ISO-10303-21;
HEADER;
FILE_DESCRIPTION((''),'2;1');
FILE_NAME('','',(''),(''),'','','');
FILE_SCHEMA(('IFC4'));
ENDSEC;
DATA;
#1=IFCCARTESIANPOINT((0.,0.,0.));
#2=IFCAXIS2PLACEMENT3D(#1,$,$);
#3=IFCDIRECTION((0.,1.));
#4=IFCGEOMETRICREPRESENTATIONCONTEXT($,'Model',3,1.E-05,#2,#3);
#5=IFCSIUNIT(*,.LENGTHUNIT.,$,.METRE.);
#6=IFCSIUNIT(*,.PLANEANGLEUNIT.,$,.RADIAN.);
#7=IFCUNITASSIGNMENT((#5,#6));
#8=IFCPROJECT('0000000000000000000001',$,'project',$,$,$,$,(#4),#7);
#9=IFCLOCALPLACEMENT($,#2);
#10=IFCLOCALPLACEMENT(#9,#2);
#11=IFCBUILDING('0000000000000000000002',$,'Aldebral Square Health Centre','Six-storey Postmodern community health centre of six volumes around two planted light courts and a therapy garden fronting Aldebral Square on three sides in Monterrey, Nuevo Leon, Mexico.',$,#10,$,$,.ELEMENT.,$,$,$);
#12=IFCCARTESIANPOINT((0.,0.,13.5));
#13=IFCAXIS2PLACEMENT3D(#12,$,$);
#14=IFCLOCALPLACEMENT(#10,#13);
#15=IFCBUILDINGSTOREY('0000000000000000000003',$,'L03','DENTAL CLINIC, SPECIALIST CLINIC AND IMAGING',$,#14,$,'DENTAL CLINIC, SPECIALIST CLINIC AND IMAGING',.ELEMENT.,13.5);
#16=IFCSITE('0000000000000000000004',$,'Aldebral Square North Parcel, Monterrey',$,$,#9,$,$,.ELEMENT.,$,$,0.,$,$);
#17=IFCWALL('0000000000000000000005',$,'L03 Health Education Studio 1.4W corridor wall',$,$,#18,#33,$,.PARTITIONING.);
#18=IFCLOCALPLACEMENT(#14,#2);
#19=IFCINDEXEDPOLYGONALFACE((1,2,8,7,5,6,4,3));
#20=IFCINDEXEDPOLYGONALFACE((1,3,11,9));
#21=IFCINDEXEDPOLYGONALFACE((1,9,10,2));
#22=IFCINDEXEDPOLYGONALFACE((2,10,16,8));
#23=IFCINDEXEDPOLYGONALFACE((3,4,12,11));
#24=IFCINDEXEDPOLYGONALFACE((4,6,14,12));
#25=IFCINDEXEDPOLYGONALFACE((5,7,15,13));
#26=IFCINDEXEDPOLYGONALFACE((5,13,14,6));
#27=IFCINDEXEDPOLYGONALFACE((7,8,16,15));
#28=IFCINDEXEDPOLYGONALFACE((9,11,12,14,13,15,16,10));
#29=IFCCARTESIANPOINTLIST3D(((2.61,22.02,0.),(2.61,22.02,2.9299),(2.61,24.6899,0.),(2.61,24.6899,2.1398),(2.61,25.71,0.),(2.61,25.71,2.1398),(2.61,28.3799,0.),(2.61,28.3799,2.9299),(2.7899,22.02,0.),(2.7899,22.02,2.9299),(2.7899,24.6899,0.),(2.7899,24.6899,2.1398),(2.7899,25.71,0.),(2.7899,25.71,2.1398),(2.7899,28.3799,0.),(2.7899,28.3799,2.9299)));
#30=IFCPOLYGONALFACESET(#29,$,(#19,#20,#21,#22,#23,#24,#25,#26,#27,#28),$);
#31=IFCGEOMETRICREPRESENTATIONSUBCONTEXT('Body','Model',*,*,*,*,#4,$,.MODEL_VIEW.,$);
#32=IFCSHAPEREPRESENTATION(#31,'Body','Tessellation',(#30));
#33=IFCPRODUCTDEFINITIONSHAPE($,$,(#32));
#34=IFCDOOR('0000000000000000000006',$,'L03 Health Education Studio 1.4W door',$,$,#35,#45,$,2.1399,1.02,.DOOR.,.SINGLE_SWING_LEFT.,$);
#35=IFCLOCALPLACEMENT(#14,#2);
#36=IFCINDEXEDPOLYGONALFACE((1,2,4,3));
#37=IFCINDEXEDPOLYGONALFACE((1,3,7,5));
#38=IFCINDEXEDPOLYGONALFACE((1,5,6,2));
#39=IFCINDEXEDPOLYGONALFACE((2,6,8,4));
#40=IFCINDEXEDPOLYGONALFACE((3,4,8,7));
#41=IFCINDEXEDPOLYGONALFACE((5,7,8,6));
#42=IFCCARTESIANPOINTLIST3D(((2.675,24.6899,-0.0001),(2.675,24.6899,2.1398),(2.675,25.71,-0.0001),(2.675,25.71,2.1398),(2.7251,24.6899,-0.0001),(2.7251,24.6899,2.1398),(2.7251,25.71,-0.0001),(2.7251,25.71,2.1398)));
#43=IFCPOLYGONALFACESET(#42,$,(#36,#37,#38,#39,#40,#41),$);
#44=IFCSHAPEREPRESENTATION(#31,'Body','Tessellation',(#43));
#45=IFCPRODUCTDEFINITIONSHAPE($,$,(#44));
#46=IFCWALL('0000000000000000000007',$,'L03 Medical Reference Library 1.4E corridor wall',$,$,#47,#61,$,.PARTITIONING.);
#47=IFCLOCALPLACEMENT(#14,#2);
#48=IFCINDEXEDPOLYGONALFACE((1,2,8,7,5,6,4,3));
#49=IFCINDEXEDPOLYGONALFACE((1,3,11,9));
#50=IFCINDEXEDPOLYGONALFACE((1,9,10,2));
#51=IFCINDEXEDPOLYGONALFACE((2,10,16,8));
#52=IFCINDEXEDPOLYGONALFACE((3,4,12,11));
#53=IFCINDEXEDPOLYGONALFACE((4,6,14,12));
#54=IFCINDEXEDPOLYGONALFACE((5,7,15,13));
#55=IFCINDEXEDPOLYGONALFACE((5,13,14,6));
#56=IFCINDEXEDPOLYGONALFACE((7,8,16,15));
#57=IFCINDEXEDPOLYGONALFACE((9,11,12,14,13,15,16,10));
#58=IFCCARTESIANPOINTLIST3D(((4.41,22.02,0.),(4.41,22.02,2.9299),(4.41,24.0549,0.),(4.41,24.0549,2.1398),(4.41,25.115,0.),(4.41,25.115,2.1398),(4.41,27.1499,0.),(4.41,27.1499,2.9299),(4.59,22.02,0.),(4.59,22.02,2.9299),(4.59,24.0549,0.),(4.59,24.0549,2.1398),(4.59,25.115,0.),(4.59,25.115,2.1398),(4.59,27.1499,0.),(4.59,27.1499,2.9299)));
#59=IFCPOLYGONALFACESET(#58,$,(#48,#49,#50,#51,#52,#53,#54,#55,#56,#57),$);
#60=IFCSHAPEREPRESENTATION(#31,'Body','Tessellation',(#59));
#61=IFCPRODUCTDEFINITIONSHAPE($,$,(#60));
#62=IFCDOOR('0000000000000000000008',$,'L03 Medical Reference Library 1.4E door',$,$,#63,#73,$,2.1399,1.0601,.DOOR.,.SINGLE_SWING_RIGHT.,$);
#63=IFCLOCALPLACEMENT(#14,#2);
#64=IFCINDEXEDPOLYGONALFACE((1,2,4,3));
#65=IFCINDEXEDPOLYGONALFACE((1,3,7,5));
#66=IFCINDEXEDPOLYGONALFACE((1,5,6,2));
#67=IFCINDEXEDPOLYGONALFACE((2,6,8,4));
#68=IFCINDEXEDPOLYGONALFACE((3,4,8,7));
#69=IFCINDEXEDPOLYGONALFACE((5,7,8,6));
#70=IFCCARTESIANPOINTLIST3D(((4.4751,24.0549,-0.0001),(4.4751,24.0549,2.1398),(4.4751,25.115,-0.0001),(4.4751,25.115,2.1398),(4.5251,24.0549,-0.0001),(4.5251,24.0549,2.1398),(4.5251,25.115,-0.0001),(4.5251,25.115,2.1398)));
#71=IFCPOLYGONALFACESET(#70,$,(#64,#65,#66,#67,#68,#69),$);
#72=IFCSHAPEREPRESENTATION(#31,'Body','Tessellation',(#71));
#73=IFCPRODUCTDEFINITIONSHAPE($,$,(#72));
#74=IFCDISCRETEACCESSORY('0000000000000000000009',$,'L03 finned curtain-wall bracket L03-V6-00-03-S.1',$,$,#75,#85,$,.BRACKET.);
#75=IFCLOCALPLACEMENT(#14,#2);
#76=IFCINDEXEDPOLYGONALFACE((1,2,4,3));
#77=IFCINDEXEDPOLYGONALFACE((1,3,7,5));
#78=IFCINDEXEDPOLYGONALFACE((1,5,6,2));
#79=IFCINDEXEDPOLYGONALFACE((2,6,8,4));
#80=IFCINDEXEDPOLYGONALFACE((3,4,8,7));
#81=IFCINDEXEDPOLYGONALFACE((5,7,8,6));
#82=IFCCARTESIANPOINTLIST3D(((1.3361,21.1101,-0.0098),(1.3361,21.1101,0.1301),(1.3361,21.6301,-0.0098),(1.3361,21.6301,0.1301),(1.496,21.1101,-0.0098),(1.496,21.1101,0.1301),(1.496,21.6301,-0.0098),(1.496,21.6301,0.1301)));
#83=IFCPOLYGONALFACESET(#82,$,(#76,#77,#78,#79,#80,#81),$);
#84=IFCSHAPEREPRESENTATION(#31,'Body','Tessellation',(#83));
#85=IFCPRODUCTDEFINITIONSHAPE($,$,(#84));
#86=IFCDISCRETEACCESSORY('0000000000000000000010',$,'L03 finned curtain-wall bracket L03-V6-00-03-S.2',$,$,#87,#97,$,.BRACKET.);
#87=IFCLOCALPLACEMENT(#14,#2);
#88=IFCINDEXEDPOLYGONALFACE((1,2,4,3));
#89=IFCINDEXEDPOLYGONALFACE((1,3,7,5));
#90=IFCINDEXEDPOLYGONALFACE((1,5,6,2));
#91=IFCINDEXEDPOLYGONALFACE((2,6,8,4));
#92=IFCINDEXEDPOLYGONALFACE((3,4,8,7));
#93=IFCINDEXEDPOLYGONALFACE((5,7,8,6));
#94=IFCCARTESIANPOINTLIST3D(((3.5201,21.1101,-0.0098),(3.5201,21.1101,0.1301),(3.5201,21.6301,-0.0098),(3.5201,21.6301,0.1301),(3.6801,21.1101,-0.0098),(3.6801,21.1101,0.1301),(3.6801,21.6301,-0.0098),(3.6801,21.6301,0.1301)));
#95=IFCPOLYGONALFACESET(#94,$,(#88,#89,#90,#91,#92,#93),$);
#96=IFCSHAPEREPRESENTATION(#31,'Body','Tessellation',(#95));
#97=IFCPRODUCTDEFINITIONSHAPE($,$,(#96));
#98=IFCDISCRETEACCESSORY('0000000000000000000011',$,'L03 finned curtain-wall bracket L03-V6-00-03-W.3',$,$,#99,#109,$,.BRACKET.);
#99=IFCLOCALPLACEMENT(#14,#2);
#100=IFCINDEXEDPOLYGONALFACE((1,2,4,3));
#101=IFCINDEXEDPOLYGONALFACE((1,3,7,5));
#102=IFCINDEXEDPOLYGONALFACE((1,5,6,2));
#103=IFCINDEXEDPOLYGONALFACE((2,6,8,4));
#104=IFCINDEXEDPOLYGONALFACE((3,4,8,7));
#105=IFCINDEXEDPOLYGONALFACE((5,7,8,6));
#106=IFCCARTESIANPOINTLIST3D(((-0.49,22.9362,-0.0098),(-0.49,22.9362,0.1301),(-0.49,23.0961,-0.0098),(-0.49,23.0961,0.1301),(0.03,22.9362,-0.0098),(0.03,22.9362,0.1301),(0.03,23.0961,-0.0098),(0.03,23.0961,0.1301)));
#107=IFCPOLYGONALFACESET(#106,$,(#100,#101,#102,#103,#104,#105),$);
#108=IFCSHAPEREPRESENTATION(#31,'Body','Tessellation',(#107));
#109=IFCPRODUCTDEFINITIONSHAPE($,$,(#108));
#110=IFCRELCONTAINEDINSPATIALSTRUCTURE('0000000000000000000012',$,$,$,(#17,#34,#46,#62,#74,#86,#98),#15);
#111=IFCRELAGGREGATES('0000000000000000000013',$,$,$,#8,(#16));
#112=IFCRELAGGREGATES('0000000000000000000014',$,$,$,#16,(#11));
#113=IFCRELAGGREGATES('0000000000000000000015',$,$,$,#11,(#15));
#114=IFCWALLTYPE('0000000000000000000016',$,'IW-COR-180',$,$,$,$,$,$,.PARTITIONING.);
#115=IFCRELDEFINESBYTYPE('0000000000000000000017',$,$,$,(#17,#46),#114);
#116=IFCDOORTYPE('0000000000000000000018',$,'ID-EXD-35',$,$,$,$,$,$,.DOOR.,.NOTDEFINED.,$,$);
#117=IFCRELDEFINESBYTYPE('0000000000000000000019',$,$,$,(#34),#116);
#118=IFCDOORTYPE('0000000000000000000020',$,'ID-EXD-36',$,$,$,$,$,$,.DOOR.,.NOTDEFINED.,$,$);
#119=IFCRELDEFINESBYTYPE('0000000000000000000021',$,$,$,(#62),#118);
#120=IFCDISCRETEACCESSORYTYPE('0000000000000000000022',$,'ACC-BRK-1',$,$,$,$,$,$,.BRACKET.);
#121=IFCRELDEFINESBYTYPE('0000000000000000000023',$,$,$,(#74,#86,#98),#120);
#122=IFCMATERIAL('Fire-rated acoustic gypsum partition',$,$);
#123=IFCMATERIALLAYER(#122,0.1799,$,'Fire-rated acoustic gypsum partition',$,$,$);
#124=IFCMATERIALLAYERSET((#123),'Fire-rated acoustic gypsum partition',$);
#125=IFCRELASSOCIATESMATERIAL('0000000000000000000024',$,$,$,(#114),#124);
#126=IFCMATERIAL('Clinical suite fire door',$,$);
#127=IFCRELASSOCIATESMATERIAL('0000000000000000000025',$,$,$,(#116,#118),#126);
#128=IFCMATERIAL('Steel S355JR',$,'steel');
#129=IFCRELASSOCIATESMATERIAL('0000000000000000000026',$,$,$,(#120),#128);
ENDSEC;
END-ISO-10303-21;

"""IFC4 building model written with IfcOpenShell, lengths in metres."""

from ifc_helpers import new_model, si_unit, direction, frame, frame_2d, origin, origin_2d, place, context, subcontext, project, spatial, rectangle, extrude, material, layer, layer_set, type_object, element, fill, save


model = new_model("IFC4")

# Units and contexts
model_context = context("Model", 3, precision=1e-05, world=origin(), true_north=direction((0.0, 1.0)))
body_context = subcontext(model_context, "Body", "Model", "MODEL_VIEW")
ifc_project = project(units=[si_unit("LENGTHUNIT", "METRE"), si_unit("PLANEANGLEUNIT", "RADIAN")], contexts=[model_context])

# Site, building, storey
site_placement = place(None, origin())
site = spatial("IfcSite", under=ifc_project, at=site_placement, Name="Aldebral Square North Parcel, Monterrey", CompositionType="ELEMENT", RefElevation=0.0)
building_placement = place(site_placement, origin())
building = spatial("IfcBuilding", under=site, at=building_placement, Name="Aldebral Square Health Centre", Description="Six-storey Postmodern community health centre of six volumes around two planted light courts and a therapy garden fronting Aldebral Square on three sides in Monterrey, Nuevo Leon, Mexico.", CompositionType="ELEMENT")
storey_placement = place(building_placement, frame((0.0, 0.0, 13.5)))
storey = spatial("IfcBuildingStorey", under=building, at=storey_placement, Name="L03", Description="DENTAL CLINIC, SPECIALIST CLINIC AND IMAGING", LongName="DENTAL CLINIC, SPECIALIST CLINIC AND IMAGING", CompositionType="ELEMENT", Elevation=13.5)

# Walls, openings, doors
ifc_material_1 = material(Name="Fire-rated acoustic gypsum partition")
ifc_layer_1 = layer(ifc_material_1, 0.1799, Name="Fire-rated acoustic gypsum partition")
ifc_layer_set_1 = layer_set([ifc_layer_1], Name="Fire-rated acoustic gypsum partition")
wall_type = type_object("IfcWallType", Name="IW-COR-180", PredefinedType="PARTITIONING", material=ifc_layer_set_1)
wall_1_placement = place(storey_placement, frame((2.7, 22.02, 0.0), z_axis=(0.0, 0.0, 1.0), x_axis=(0.0, 1.0, 0.0)))
wall_1 = element("IfcWall", 1, at=wall_1_placement, inside=storey, type_object=wall_type, Name="L03 Health Education Studio 1.4W corridor wall", PredefinedType="PARTITIONING", context=body_context, shape_type="SweptSolid", body=[
    extrude(rectangle(XDim=6.3599, YDim=0.1799, at=frame_2d((3.1799, 0.0))), origin(), (0.0, 0.0, 1.0), 2.9299),
])
opening_1_placement = place(wall_1_placement, frame((2.6699, 0.0, 0.0)))
opening_1 = element("IfcOpeningElement", 2, at=opening_1_placement, cuts=wall_1, PredefinedType="OPENING", context=body_context, shape_type="SweptSolid", body=[
    extrude(rectangle(XDim=1.02, YDim=2.1399, at=frame_2d((0.51, 1.0698))), frame((0.0, 0.1001, 0.0), z_axis=(0.0, -1.0, 0.0), x_axis=(1.0, 0.0, 0.0)), (0.0, 0.0, 1.0), 0.2),
])
ifc_material_2 = material(Name="Clinical suite fire door")
door_type_1 = type_object("IfcDoorType", Name="ID-EXD-35", OperationType="NOTDEFINED", PredefinedType="DOOR", material=ifc_material_2)
door_1_placement = place(opening_1_placement, origin())
door_1 = element("IfcDoor", 3, at=door_1_placement, inside=storey, type_object=door_type_1, Name="L03 Health Education Studio 1.4W door", OperationType="SINGLE_SWING_LEFT", OverallHeight=2.1399, OverallWidth=1.02, PredefinedType="DOOR", context=body_context, shape_type="SweptSolid", body=[
    extrude(rectangle(XDim=1.02, YDim=2.1399, at=frame_2d((0.51, 1.0698))), frame((0.0, 0.0249, 0.0), z_axis=(0.0, -1.0, 0.0), x_axis=(1.0, 0.0, 0.0)), (0.0, 0.0, 1.0), 0.05),
])
fill(opening_1, door_1)
wall_2_placement = place(storey_placement, frame((4.5, 22.02, 0.0), z_axis=(0.0, 0.0, 1.0), x_axis=(0.0, 1.0, 0.0)))
wall_2 = element("IfcWall", 4, at=wall_2_placement, inside=storey, type_object=wall_type, Name="L03 Medical Reference Library 1.4E corridor wall", PredefinedType="PARTITIONING", context=body_context, shape_type="SweptSolid", body=[
    extrude(rectangle(XDim=5.1299, YDim=0.1799, at=frame_2d((2.5649, 0.0))), origin(), (0.0, 0.0, 1.0), 2.9299),
])
opening_2_placement = place(wall_2_placement, frame((2.0349, 0.0, 0.0)))
opening_2 = element("IfcOpeningElement", 5, at=opening_2_placement, cuts=wall_2, PredefinedType="OPENING", context=body_context, shape_type="SweptSolid", body=[
    extrude(rectangle(XDim=1.0601, YDim=2.1399, at=frame_2d((0.53, 1.0698))), frame((0.0, 0.1001, 0.0), z_axis=(0.0, -1.0, 0.0), x_axis=(1.0, 0.0, 0.0)), (0.0, 0.0, 1.0), 0.2),
])
door_type_2 = type_object("IfcDoorType", Name="ID-EXD-36", OperationType="NOTDEFINED", PredefinedType="DOOR", material=ifc_material_2)
door_2_placement = place(opening_2_placement, origin())
door_2 = element("IfcDoor", 6, at=door_2_placement, inside=storey, type_object=door_type_2, Name="L03 Medical Reference Library 1.4E door", OperationType="SINGLE_SWING_RIGHT", OverallHeight=2.1399, OverallWidth=1.0601, PredefinedType="DOOR", context=body_context, shape_type="SweptSolid", body=[
    extrude(rectangle(XDim=1.0601, YDim=2.1399, at=frame_2d((0.53, 1.0698))), frame((0.0, 0.0249, 0.0), z_axis=(0.0, -1.0, 0.0), x_axis=(1.0, 0.0, 0.0)), (0.0, 0.0, 1.0), 0.05),
])
fill(opening_2, door_2)

# Discrete accessories
ifc_material_3 = material(Name="Steel S355JR", Category="steel")
discrete_accessory_type = type_object("IfcDiscreteAccessoryType", Name="ACC-BRK-1", PredefinedType="BRACKET", material=ifc_material_3)
for number, where, z_axis, x_axis, name in (
    (7, (1.416, 21.3701, -0.0098), (0.0, 0.0, 1.0), (1.0, 0.0, 0.0), "L03 finned curtain-wall bracket L03-V6-00-03-S.1"),
    (8, (3.6001, 21.3701, -0.0098), (0.0, 0.0, 1.0), (1.0, 0.0, 0.0), "L03 finned curtain-wall bracket L03-V6-00-03-S.2"),
    (9, (-0.23, 23.0161, -0.0098), (0.0, 0.0, 1.0), (0.0, 1.0, 0.0), "L03 finned curtain-wall bracket L03-V6-00-03-W.3"),
):
    element("IfcDiscreteAccessory", number, at=place(storey_placement, frame(where, z_axis=z_axis, x_axis=x_axis)), inside=storey, type_object=discrete_accessory_type, Name=name, PredefinedType="BRACKET", context=body_context, shape_type="SweptSolid", body=[
        extrude(rectangle(XDim=0.1599, YDim=0.52, at=origin_2d()), origin(), (0.0, 0.0, 1.0), 0.1399),
    ])

save(model, "model.ifc")
